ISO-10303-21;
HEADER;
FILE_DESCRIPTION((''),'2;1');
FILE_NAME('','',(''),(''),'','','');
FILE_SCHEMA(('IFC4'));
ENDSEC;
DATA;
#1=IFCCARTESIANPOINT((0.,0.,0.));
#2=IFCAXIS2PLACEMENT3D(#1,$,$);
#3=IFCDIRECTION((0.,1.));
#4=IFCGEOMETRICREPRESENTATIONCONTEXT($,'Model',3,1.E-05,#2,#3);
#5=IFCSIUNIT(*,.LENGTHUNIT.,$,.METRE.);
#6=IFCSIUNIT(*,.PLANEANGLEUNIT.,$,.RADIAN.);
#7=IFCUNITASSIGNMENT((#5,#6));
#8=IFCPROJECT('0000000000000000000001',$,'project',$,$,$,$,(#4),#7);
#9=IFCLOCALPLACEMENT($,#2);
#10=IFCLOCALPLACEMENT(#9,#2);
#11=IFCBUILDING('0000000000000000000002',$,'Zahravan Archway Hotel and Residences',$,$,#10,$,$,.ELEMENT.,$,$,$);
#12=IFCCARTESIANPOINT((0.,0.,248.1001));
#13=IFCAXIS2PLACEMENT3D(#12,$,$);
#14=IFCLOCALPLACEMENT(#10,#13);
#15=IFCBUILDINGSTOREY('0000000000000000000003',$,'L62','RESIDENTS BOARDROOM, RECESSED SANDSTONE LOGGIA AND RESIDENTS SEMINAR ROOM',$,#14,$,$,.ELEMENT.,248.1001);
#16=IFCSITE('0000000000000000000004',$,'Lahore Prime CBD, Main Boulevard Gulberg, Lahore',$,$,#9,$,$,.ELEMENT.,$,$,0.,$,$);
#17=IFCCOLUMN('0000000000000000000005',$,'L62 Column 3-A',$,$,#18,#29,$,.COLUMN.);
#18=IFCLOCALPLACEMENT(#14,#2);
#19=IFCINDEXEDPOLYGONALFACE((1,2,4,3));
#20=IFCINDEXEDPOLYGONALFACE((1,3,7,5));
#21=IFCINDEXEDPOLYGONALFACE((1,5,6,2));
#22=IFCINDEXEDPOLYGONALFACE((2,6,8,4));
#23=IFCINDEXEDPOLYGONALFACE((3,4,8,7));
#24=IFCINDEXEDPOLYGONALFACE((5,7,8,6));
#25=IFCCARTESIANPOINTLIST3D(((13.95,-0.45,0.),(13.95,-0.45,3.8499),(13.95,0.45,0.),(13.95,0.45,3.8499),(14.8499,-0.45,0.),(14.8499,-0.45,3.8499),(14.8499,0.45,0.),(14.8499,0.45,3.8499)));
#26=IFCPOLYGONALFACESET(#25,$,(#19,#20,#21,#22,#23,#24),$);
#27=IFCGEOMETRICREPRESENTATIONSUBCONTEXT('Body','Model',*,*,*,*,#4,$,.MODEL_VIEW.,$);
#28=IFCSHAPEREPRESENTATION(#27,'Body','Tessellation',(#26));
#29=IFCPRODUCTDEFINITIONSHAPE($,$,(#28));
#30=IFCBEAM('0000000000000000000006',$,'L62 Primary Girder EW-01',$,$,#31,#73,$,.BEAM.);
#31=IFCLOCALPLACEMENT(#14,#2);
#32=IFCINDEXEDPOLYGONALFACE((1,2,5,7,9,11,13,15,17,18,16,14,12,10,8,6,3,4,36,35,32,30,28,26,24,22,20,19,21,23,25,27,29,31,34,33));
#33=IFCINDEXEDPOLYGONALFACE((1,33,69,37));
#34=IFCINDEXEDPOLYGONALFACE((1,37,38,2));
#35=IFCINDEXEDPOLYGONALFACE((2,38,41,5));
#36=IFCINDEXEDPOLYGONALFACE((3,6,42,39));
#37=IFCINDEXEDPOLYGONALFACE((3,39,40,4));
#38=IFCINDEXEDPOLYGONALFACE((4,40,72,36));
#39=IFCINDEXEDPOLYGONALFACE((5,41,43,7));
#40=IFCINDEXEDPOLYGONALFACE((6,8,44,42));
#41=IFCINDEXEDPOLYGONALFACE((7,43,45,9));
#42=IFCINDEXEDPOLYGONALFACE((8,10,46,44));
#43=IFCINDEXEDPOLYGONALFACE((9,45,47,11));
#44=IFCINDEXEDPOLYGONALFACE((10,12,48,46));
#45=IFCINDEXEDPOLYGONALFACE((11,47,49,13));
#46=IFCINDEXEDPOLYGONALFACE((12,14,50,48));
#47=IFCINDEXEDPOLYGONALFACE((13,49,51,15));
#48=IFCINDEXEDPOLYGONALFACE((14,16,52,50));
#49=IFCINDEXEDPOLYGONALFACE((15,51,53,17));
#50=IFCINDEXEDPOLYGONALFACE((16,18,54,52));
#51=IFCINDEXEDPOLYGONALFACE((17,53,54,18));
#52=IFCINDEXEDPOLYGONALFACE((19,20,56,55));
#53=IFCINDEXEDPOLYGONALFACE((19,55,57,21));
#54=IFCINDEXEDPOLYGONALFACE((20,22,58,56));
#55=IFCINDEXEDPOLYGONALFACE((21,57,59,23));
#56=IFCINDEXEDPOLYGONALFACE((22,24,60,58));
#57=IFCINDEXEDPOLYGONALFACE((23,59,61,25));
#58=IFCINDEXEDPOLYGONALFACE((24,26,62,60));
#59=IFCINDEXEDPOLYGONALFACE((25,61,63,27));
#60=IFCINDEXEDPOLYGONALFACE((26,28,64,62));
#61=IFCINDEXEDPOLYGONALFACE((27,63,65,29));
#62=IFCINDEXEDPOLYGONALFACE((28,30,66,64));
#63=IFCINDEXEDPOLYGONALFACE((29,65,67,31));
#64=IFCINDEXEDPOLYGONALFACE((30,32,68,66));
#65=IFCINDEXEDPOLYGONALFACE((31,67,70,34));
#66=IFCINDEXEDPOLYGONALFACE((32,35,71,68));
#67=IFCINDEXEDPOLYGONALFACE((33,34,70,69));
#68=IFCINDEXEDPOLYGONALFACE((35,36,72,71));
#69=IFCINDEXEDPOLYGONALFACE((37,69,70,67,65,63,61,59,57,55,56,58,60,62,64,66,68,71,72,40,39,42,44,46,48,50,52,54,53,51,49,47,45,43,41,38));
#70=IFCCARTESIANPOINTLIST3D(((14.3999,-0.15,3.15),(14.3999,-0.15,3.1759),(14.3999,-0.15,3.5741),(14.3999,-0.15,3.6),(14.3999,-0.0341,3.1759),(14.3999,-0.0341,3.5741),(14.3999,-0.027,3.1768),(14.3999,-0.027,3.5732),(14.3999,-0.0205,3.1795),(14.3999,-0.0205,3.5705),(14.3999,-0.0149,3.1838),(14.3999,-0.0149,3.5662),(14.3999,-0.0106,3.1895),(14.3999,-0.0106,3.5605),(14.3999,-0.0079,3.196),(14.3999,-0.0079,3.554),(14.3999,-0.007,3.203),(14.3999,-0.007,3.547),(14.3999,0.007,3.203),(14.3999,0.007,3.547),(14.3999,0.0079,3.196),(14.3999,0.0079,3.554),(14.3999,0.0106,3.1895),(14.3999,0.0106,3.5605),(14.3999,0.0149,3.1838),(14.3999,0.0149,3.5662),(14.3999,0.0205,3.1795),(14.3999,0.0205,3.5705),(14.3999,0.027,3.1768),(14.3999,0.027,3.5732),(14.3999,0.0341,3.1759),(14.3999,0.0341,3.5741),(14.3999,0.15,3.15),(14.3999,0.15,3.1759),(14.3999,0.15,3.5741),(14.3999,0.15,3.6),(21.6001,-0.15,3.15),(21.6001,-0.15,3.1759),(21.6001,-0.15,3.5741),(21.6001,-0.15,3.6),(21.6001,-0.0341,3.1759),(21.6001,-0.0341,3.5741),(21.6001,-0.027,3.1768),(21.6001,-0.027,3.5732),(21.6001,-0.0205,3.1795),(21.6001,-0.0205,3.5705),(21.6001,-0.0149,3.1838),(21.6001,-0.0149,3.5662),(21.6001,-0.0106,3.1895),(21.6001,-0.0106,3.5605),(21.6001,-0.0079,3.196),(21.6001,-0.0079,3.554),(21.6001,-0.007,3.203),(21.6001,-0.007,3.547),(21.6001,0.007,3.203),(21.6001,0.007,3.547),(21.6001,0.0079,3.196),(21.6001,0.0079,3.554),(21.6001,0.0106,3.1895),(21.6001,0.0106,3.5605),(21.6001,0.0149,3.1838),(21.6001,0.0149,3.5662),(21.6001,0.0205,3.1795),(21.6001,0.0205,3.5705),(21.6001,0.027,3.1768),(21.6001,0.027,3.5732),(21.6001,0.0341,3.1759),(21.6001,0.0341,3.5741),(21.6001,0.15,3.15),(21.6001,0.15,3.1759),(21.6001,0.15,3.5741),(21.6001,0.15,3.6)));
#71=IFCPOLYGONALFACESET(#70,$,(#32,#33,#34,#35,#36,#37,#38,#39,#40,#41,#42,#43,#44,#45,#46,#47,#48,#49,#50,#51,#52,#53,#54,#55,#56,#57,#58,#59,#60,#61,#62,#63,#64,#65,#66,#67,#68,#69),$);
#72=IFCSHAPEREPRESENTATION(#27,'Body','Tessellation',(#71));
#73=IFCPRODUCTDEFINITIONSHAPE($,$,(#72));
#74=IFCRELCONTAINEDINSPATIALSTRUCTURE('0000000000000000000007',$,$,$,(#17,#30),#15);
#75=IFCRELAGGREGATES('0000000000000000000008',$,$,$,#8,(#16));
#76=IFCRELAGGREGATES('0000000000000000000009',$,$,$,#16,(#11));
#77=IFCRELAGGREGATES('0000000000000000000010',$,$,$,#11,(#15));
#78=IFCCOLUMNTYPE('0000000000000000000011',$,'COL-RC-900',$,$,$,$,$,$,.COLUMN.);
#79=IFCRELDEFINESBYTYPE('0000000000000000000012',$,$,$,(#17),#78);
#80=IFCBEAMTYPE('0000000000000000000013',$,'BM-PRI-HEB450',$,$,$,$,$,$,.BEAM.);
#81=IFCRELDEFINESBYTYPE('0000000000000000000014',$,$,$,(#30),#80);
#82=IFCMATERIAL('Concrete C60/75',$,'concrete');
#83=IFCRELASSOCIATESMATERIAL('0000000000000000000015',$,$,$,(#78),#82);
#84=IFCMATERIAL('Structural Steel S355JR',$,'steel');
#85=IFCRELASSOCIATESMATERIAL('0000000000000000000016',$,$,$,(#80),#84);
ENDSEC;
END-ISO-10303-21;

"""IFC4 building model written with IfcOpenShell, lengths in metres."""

from ifc_helpers import new_model, si_unit, direction, frame, origin, origin_2d, place, context, subcontext, project, spatial, rectangle, i_section, extrude, source, transform, mapped, material, material_profile, profile_set, type_object, type_shapes, element, save


model = new_model("IFC4")

# Units and contexts
model_context = context("Model", 3, precision=1e-05, world=origin(), true_north=direction((0.0, 1.0)))
body_context = subcontext(model_context, "Body", "Model", "MODEL_VIEW")
ifc_project = project(units=[si_unit("LENGTHUNIT", "METRE"), si_unit("PLANEANGLEUNIT", "RADIAN")], contexts=[model_context])

# Site, building, storey
site_placement = place(None, origin())
site = spatial("IfcSite", under=ifc_project, at=site_placement, Name="Lahore Prime CBD, Main Boulevard Gulberg, Lahore", CompositionType="ELEMENT", RefElevation=0.0)
building_placement = place(site_placement, origin())
building = spatial("IfcBuilding", under=site, at=building_placement, Name="Zahravan Archway Hotel and Residences", CompositionType="ELEMENT")
storey_placement = place(building_placement, frame((0.0, 0.0, 248.1001)))
storey = spatial("IfcBuildingStorey", under=building, at=storey_placement, Name="L62", Description="RESIDENTS BOARDROOM, RECESSED SANDSTONE LOGGIA AND RESIDENTS SEMINAR ROOM", CompositionType="ELEMENT", Elevation=248.1001)

# Column
ifc_material_1 = material(Name="Concrete C60/75", Category="concrete")
ifc_material_profile_1 = material_profile(ifc_material_1, rectangle(XDim=0.8999, YDim=0.8999, at=origin_2d()), Name="RC-COL-900x900", Category="concrete")
ifc_profile_set_1 = profile_set([ifc_material_profile_1], Name="Concrete C60/75")
column_type = type_object("IfcColumnType", Name="COL-RC-900", PredefinedType="COLUMN", material=ifc_profile_set_1)
shared_shape_1 = source(origin(), body_context, "Body", "SweptSolid", [
    extrude(rectangle(XDim=0.8999, YDim=0.8999, at=origin_2d()), origin(), (0.0, 0.0, 1.0), 3.8499),
])
column_placement = place(storey_placement, frame((14.3999, 0.0, 0.0), z_axis=(0.0, 0.0, 1.0), x_axis=(1.0, 0.0, 0.0)))
element("IfcColumn", 1, at=column_placement, inside=storey, type_object=column_type, Name="L62 Column 3-A", PredefinedType="COLUMN", context=body_context, shape_type="MappedRepresentation", body=[
    mapped(shared_shape_1, transform((0.0, 0.0, 0.0), scale=1.0)),
])

# Beam
ifc_material_2 = material(Name="Structural Steel S355JR", Category="steel")
ifc_material_profile_2 = material_profile(ifc_material_2, i_section(OverallWidth=0.3, OverallDepth=0.45, WebThickness=0.0139, FlangeThickness=0.0259, FilletRadius=0.0271, at=origin_2d()), Name="HEB 450", Category="steel")
ifc_profile_set_2 = profile_set([ifc_material_profile_2], Name="Structural Steel S355JR")
beam_type = type_object("IfcBeamType", Name="BM-PRI-HEB450", PredefinedType="BEAM", material=ifc_profile_set_2)
shared_shape_2 = source(origin(), body_context, "Body", "SweptSolid", [
    extrude(i_section(OverallWidth=0.3, OverallDepth=0.45, WebThickness=0.0139, FlangeThickness=0.0259, FilletRadius=0.0271, at=origin_2d()), origin(), (0.0, 0.0, 1.0), 7.2002),
])
type_shapes(beam_type, [shared_shape_2])
beam_placement = place(storey_placement, frame((14.3999, 0.0, 3.375), z_axis=(1.0, 0.0, 0.0), x_axis=(0.0, 1.0, 0.0)))
element("IfcBeam", 2, at=beam_placement, inside=storey, type_object=beam_type, Name="L62 Primary Girder EW-01", PredefinedType="BEAM", context=body_context, shape_type="MappedRepresentation", body=[
    mapped(shared_shape_2, transform((0.0, 0.0, 0.0), scale=1.0)),
])

save(model, "model.ifc")
